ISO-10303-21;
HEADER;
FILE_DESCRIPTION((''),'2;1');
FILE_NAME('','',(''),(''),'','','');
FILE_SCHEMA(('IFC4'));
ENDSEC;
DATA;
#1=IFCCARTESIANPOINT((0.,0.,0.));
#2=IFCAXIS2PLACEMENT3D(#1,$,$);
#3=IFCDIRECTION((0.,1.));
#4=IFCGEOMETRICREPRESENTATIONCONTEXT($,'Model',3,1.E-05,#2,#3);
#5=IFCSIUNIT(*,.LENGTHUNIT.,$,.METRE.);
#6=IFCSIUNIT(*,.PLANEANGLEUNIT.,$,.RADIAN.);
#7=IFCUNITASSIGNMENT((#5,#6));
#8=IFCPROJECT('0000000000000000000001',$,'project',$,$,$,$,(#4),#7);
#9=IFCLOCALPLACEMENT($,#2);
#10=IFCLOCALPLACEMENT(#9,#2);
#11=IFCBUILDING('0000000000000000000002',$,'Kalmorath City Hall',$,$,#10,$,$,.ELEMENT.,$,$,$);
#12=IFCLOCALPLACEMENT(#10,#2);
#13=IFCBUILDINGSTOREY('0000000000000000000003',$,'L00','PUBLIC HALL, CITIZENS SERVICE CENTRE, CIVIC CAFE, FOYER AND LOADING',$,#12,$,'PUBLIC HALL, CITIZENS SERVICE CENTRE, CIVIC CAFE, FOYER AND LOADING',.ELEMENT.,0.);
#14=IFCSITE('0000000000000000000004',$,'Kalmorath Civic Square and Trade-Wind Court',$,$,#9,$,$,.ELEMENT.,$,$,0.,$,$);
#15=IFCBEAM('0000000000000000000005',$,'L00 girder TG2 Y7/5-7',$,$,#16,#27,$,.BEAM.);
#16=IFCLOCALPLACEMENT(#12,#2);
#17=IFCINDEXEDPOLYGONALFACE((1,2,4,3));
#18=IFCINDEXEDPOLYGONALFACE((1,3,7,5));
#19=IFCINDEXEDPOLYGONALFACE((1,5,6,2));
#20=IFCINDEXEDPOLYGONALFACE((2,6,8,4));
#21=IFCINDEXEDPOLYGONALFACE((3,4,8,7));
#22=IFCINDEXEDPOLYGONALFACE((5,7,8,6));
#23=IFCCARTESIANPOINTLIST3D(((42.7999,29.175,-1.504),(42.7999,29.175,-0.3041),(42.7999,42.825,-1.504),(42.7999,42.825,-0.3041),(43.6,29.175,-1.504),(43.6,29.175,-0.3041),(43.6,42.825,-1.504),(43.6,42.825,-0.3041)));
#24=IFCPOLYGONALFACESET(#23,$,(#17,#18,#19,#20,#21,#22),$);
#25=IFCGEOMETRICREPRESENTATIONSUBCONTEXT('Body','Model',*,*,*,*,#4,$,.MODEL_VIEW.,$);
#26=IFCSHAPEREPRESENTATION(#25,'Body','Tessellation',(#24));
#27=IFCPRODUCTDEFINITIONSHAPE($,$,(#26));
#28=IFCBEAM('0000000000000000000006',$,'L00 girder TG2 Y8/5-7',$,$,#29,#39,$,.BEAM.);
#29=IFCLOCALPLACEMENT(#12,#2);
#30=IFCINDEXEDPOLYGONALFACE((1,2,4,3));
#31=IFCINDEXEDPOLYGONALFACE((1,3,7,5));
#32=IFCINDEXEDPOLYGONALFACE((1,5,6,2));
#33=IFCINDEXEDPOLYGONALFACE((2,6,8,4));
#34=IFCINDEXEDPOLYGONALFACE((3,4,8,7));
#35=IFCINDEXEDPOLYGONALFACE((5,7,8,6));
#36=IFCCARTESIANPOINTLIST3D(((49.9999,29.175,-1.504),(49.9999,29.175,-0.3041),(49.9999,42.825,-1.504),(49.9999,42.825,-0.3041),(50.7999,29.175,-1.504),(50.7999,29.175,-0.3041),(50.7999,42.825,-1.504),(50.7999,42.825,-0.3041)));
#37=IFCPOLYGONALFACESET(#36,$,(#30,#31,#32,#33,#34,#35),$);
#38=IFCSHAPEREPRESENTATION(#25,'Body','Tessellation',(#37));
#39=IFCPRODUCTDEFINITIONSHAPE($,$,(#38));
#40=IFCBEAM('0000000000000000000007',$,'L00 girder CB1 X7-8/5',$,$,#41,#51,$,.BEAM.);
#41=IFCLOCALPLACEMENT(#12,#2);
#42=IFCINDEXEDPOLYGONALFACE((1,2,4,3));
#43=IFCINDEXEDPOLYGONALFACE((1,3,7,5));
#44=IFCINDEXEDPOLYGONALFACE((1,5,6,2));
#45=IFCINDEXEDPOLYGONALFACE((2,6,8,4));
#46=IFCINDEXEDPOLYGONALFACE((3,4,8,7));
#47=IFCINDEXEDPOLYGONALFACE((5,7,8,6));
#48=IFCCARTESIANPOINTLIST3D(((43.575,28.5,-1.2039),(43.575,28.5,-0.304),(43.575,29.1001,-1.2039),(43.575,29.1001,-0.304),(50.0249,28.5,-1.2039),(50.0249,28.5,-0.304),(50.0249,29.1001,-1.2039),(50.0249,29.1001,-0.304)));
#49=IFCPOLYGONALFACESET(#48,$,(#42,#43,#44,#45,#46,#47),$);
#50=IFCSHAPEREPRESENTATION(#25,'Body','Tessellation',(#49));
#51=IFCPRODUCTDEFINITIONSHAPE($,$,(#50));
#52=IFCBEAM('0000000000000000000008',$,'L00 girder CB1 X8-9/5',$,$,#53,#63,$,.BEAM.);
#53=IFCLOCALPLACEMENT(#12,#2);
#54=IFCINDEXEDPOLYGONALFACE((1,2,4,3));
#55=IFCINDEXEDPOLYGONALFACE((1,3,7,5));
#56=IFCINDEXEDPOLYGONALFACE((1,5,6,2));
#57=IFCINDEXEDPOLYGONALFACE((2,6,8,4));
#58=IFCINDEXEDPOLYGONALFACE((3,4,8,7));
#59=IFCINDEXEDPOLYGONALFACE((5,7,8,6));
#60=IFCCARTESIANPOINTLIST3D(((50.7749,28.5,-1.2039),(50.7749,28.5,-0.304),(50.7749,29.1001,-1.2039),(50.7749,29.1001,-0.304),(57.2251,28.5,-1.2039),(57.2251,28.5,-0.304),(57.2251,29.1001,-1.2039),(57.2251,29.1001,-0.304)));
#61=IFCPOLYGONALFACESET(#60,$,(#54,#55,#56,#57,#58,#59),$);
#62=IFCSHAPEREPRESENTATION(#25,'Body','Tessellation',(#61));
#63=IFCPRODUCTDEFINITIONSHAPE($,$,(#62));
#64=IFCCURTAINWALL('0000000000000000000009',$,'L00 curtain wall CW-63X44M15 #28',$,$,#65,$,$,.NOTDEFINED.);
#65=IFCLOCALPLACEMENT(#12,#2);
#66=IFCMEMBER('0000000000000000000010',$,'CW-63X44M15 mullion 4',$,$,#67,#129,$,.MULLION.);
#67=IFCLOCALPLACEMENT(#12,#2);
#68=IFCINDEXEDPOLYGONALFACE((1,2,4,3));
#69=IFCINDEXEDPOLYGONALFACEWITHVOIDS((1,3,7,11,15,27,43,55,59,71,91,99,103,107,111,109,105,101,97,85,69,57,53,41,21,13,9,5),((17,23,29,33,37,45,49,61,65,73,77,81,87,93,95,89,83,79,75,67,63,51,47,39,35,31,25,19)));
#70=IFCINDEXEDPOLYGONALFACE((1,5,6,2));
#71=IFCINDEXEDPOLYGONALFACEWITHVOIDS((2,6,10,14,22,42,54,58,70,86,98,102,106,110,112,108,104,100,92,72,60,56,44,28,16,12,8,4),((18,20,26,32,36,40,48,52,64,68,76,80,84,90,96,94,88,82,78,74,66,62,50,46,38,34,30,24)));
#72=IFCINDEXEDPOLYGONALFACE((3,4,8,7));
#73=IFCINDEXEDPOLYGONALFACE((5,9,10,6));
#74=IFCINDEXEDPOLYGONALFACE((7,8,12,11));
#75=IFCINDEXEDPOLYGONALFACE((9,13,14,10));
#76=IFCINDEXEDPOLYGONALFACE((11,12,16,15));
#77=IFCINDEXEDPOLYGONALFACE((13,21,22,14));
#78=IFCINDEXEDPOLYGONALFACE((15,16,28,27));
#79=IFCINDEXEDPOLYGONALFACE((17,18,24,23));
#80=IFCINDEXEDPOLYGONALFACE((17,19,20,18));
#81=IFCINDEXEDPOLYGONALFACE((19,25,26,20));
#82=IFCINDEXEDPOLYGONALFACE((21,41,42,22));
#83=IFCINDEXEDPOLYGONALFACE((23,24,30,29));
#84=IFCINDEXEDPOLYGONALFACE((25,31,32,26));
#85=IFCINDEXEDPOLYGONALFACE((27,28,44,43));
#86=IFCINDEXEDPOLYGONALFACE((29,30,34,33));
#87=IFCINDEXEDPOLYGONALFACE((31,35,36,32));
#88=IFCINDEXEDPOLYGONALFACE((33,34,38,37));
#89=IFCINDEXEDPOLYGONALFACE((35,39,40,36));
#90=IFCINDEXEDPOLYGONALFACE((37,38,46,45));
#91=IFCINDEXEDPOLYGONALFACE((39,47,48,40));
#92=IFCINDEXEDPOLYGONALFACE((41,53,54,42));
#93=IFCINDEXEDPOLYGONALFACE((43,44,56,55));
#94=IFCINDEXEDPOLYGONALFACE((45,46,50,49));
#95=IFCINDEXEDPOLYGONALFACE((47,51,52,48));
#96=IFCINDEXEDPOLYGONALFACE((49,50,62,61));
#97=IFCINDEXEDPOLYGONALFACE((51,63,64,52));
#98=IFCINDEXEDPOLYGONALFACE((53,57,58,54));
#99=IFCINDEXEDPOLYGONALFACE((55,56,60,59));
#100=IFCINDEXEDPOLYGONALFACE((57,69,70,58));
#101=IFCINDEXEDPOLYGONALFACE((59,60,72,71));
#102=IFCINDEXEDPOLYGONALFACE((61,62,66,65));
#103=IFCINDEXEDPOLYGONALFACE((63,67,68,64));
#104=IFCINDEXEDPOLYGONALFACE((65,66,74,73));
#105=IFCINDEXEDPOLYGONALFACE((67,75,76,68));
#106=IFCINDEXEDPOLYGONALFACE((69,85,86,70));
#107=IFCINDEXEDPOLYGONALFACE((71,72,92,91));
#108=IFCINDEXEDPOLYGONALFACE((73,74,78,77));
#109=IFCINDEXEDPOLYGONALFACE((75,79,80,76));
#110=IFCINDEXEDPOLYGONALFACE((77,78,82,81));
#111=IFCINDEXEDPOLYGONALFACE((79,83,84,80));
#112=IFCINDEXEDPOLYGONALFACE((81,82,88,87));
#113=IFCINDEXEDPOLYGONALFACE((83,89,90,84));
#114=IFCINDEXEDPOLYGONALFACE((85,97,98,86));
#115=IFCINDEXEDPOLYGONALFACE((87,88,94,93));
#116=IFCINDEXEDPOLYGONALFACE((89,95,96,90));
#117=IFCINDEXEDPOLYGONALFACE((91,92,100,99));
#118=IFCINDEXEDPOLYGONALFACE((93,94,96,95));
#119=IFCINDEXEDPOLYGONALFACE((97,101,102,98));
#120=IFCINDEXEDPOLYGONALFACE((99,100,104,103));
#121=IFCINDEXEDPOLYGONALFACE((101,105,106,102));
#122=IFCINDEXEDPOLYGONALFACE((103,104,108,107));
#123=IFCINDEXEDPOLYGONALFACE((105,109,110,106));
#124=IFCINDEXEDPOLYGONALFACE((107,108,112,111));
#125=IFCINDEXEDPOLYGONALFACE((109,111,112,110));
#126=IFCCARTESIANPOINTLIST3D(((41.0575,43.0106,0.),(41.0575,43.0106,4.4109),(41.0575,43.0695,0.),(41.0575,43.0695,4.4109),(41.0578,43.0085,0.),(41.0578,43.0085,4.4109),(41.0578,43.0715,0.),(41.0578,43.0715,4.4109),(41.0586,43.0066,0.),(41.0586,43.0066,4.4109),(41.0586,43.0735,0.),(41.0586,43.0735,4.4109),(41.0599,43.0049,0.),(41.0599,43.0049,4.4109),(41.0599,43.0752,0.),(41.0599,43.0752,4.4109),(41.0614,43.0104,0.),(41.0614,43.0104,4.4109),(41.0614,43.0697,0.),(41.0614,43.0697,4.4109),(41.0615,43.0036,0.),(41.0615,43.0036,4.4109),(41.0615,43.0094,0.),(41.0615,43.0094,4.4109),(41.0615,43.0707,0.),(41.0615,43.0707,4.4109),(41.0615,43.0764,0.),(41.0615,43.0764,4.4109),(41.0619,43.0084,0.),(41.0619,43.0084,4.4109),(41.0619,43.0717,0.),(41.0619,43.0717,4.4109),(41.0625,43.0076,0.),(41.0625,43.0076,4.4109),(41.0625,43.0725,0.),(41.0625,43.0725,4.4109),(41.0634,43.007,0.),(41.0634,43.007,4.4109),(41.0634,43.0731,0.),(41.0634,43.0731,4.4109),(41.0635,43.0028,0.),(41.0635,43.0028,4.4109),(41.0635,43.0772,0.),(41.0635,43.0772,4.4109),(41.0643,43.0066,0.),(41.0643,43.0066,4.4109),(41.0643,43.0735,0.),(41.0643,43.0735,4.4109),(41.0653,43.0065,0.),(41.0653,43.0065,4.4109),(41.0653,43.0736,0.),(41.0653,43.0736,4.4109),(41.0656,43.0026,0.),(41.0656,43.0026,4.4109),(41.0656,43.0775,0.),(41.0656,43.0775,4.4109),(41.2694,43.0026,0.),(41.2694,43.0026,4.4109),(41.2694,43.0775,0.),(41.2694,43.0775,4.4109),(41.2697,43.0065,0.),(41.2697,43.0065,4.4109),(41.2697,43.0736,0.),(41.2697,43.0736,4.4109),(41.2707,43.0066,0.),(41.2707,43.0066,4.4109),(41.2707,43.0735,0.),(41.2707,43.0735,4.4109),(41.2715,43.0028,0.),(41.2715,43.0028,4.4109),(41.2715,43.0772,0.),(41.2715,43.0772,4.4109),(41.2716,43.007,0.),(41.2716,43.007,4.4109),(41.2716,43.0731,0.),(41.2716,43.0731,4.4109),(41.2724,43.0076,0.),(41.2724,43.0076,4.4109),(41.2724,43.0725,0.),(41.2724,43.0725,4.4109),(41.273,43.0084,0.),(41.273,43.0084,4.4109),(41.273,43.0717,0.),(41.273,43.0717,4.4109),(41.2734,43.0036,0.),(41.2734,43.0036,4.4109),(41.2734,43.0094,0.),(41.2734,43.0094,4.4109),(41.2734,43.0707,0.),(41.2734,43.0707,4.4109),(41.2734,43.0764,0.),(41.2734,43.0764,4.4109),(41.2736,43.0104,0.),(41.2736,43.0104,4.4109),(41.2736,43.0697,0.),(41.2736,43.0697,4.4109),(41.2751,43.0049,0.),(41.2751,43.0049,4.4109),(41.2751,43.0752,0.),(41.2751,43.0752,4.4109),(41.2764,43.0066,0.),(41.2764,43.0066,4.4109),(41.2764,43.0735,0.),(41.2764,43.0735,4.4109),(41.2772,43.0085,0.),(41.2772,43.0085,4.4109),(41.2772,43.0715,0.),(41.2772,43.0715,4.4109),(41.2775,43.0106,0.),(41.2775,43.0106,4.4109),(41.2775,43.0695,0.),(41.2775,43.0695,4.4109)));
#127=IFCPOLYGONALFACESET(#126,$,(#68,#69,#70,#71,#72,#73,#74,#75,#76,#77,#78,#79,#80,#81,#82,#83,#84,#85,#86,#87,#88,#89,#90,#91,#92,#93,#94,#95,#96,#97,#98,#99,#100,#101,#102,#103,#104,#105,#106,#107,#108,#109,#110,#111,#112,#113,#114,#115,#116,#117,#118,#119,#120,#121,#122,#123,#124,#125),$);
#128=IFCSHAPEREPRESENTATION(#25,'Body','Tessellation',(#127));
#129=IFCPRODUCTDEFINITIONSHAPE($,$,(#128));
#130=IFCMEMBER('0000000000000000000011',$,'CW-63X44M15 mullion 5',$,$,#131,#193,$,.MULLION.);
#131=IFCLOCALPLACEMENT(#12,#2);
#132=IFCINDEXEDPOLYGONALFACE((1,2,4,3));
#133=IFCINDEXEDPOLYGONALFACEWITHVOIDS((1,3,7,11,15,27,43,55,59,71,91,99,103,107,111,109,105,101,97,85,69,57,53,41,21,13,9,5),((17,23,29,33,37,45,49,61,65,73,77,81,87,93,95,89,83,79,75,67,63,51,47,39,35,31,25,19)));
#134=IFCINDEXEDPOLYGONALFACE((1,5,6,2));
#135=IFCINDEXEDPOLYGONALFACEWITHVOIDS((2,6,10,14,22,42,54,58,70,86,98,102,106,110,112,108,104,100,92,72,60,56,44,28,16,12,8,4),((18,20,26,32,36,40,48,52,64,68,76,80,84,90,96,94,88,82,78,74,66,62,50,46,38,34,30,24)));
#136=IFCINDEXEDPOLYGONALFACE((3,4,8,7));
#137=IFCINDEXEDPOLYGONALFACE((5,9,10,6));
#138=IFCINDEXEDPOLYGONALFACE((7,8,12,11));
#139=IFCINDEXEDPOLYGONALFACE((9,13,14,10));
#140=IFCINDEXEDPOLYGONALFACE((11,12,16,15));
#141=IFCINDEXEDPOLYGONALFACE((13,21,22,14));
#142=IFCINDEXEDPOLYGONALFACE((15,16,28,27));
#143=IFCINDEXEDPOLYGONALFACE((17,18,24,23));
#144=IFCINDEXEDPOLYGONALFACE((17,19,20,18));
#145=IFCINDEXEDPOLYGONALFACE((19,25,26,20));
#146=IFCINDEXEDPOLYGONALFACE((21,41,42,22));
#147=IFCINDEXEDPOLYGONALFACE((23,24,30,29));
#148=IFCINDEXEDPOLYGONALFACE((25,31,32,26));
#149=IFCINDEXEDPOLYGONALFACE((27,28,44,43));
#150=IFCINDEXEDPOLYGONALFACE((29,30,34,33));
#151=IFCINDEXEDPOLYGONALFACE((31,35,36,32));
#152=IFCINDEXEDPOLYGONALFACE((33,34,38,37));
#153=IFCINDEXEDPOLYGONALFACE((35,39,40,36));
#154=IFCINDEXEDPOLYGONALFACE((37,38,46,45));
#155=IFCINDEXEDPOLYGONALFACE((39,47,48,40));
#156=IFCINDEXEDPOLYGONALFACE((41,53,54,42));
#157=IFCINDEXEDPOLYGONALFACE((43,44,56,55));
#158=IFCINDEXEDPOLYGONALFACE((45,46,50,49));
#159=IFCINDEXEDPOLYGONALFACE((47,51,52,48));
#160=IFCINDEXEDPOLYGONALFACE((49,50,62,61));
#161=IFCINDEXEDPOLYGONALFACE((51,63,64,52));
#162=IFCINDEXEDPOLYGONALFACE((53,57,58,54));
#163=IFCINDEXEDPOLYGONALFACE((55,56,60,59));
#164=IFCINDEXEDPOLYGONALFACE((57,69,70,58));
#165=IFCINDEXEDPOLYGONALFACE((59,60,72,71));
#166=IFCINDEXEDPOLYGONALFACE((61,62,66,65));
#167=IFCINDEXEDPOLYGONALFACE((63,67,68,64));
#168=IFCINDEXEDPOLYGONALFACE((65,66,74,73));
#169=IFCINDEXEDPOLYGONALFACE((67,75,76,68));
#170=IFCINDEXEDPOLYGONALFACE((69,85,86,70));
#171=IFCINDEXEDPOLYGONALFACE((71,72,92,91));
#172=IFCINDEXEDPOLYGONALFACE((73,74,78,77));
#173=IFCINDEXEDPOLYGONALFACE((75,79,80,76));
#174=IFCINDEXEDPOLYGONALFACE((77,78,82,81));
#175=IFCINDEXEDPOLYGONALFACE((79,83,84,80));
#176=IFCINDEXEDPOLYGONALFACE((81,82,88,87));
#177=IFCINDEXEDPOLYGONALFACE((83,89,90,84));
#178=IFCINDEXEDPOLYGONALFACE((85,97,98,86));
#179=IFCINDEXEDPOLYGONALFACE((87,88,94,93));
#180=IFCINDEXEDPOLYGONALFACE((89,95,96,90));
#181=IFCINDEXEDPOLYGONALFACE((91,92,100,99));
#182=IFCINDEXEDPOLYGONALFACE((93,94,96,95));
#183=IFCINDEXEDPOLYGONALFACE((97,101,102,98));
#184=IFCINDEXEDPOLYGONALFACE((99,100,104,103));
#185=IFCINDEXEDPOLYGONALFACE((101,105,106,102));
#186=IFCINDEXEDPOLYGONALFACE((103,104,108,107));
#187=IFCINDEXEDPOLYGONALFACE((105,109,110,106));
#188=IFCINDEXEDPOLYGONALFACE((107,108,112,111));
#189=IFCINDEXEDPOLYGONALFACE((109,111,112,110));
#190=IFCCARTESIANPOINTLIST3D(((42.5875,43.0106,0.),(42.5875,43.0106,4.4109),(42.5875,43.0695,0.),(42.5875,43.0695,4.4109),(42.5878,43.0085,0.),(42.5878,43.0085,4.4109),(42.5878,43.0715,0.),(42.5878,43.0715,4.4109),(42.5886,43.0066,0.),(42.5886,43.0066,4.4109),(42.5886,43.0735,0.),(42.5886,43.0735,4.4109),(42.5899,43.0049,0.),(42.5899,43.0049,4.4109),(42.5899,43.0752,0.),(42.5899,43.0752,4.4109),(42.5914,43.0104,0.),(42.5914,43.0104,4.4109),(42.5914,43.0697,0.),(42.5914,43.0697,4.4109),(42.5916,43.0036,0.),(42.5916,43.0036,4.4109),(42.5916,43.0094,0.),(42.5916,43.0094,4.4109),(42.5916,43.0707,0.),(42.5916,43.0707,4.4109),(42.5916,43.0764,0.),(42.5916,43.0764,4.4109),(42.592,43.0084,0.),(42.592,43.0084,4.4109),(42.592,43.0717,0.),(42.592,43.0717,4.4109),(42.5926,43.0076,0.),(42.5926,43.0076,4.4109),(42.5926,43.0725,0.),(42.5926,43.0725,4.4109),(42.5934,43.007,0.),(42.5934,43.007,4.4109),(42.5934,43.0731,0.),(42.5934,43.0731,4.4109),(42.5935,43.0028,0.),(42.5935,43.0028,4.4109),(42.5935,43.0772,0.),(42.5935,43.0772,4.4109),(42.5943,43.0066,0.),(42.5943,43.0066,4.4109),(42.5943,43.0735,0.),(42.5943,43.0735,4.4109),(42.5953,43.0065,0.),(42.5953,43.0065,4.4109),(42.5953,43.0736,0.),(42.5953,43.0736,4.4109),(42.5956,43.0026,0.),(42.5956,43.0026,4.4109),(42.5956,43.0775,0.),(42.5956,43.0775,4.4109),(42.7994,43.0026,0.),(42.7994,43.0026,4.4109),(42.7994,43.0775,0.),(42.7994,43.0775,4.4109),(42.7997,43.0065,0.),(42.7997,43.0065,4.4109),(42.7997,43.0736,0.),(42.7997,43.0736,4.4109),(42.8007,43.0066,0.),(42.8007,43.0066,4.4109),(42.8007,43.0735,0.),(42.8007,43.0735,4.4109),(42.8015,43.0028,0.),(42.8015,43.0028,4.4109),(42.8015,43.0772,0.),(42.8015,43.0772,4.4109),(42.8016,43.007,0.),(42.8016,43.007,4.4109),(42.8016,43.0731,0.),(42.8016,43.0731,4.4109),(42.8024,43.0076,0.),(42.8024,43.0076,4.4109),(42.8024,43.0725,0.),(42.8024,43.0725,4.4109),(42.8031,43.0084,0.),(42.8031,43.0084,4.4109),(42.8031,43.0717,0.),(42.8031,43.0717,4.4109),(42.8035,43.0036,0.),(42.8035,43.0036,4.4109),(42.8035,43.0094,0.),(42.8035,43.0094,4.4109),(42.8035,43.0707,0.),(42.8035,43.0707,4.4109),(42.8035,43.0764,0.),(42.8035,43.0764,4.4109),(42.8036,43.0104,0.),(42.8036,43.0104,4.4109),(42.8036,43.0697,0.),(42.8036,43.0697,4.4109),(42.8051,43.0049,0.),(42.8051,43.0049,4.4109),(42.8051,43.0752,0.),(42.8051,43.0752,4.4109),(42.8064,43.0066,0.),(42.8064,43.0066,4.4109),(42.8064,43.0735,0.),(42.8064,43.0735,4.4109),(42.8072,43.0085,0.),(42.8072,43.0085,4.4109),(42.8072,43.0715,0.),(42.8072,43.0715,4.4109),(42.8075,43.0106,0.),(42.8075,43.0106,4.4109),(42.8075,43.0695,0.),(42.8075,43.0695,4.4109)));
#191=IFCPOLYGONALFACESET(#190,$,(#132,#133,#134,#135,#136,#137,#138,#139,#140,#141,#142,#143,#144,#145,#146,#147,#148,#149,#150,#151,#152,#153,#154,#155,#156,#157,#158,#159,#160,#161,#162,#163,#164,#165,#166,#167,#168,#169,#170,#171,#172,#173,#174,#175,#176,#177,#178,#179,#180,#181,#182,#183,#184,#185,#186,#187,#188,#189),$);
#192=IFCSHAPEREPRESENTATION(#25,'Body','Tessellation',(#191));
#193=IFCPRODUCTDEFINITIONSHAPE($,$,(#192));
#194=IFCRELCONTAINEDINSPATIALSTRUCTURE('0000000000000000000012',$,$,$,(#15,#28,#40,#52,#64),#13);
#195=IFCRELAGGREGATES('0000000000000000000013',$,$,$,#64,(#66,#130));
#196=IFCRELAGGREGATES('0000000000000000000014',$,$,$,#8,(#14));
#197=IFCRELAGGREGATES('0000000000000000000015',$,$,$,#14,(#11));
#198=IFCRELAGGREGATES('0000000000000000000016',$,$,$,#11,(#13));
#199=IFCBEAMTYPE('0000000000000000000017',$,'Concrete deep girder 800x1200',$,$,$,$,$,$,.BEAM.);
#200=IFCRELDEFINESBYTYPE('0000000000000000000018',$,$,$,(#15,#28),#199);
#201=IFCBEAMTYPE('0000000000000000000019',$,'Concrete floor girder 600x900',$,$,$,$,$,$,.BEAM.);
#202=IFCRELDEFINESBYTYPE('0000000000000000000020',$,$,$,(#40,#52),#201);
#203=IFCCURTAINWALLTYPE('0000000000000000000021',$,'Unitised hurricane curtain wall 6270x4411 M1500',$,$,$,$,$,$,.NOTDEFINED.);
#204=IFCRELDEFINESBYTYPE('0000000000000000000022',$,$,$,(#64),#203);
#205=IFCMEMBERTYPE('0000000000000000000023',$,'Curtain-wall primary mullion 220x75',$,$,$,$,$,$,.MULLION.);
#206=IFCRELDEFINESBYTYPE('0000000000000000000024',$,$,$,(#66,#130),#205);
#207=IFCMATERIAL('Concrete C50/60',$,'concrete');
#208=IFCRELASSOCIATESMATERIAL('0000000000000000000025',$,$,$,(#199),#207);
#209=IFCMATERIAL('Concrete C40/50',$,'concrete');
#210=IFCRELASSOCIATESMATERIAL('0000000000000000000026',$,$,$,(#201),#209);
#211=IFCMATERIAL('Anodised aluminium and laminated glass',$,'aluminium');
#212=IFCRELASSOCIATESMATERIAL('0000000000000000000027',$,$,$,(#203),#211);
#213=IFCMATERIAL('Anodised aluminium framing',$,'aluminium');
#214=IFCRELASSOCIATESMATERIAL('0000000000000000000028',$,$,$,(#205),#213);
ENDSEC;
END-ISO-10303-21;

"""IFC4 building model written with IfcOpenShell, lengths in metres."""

from ifc_helpers import new_model, si_unit, direction, frame, origin, origin_2d, place, context, subcontext, project, spatial, rectangle, hollow_rectangle, extrude, material, material_profile, profile_set, type_object, element, aggregate, save


model = new_model("IFC4")

# Units and contexts
model_context = context("Model", 3, precision=1e-05, world=origin(), true_north=direction((0.0, 1.0)))
body_context = subcontext(model_context, "Body", "Model", "MODEL_VIEW")
ifc_project = project(units=[si_unit("LENGTHUNIT", "METRE"), si_unit("PLANEANGLEUNIT", "RADIAN")], contexts=[model_context])

# Site, building, storey
site_placement = place(None, origin())
site = spatial("IfcSite", under=ifc_project, at=site_placement, Name="Kalmorath Civic Square and Trade-Wind Court", CompositionType="ELEMENT", RefElevation=0.0)
building_placement = place(site_placement, origin())
building = spatial("IfcBuilding", under=site, at=building_placement, Name="Kalmorath City Hall", CompositionType="ELEMENT")
storey_placement = place(building_placement, origin())
storey = spatial("IfcBuildingStorey", under=building, at=storey_placement, Name="L00", Description="PUBLIC HALL, CITIZENS SERVICE CENTRE, CIVIC CAFE, FOYER AND LOADING", LongName="PUBLIC HALL, CITIZENS SERVICE CENTRE, CIVIC CAFE, FOYER AND LOADING", CompositionType="ELEMENT", Elevation=0.0)

# Beams
ifc_material_1 = material(Name="Concrete C50/60", Category="concrete")
ifc_material_profile_1 = material_profile(ifc_material_1, rectangle(XDim=0.8, YDim=1.2, at=origin_2d()), Name="RC-TG-800X1200")
ifc_profile_set_1 = profile_set([ifc_material_profile_1], Name="Concrete C50/60")
beam_type_1 = type_object("IfcBeamType", Name="Concrete deep girder 800x1200", PredefinedType="BEAM", material=ifc_profile_set_1)
for number, where, z_axis, x_axis, name in (
    (1, (43.2, 29.175, -0.9041), (0.0, 1.0, 0.0), (-1.0, 0.0, 0.0), "L00 girder TG2 Y7/5-7"),
    (2, (50.3999, 29.175, -0.9041), (0.0, 1.0, 0.0), (-1.0, 0.0, 0.0), "L00 girder TG2 Y8/5-7"),
):
    element("IfcBeam", number, at=place(storey_placement, frame(where, z_axis=z_axis, x_axis=x_axis)), inside=storey, type_object=beam_type_1, Name=name, PredefinedType="BEAM", context=body_context, shape_type="SweptSolid", body=[
        extrude(rectangle(XDim=0.8, YDim=1.2, at=origin_2d()), origin(), (0.0, 0.0, 1.0), 13.6499),
    ])
ifc_material_2 = material(Name="Concrete C40/50", Category="concrete")
ifc_material_profile_2 = material_profile(ifc_material_2, rectangle(XDim=0.6001, YDim=0.8999, at=origin_2d()), Name="RC-BM-600X900")
ifc_profile_set_2 = profile_set([ifc_material_profile_2], Name="Concrete C40/50")
beam_type_2 = type_object("IfcBeamType", Name="Concrete floor girder 600x900", PredefinedType="BEAM", material=ifc_profile_set_2)
beam_1_placement = place(storey_placement, frame((43.575, 28.8, -0.7539), z_axis=(1.0, 0.0, 0.0), x_axis=(0.0, 1.0, 0.0)))
element("IfcBeam", 3, at=beam_1_placement, inside=storey, type_object=beam_type_2, Name="L00 girder CB1 X7-8/5", PredefinedType="BEAM", context=body_context, shape_type="SweptSolid", body=[
    extrude(rectangle(XDim=0.6001, YDim=0.8999, at=origin_2d()), origin(), (0.0, 0.0, 1.0), 6.45),
])
beam_2_placement = place(storey_placement, frame((50.7749, 28.8, -0.7539), z_axis=(1.0, 0.0, 0.0), x_axis=(0.0, 1.0, 0.0)))
element("IfcBeam", 4, at=beam_2_placement, inside=storey, type_object=beam_type_2, Name="L00 girder CB1 X8-9/5", PredefinedType="BEAM", context=body_context, shape_type="SweptSolid", body=[
    extrude(rectangle(XDim=0.6001, YDim=0.8999, at=origin_2d()), origin(), (0.0, 0.0, 1.0), 6.4502),
])

# Curtain wall, members
ifc_material_3 = material(Name="Anodised aluminium and laminated glass", Category="aluminium")
curtain_wall_type_1 = type_object("IfcCurtainWallType", Name="Unitised hurricane curtain wall 6270x4411 M1500", PredefinedType="NOTDEFINED", material=ifc_material_3)
curtain_wall_1_placement = place(storey_placement, origin())
curtain_wall_1 = element("IfcCurtainWall", 5, at=curtain_wall_1_placement, inside=storey, type_object=curtain_wall_type_1, Name="L00 curtain wall CW-63X44M15 #28", PredefinedType="NOTDEFINED")
ifc_material_4 = material(Name="Anodised aluminium framing", Category="aluminium")
ifc_material_profile_3 = material_profile(ifc_material_4, hollow_rectangle(XDim=0.075, YDim=0.22, WallThickness=0.0039, InnerFilletRadius=0.0039, OuterFilletRadius=0.0081, at=origin_2d()), Name="ALU-MUL-220X75X4")
ifc_profile_set_3 = profile_set([ifc_material_profile_3], Name="Anodised aluminium framing")
member_type_1 = type_object("IfcMemberType", Name="Curtain-wall primary mullion 220x75", PredefinedType="MULLION", material=ifc_profile_set_3)
member_1_placement = place(storey_placement, frame((41.1675, 43.04, 0.0), z_axis=(0.0, 0.0, 1.0), x_axis=(0.0, 1.0, 0.0)))
member_1 = element("IfcMember", 6, at=member_1_placement, type_object=member_type_1, Name="CW-63X44M15 mullion 4", PredefinedType="MULLION", context=body_context, shape_type="SweptSolid", body=[
    extrude(hollow_rectangle(XDim=0.075, YDim=0.22, WallThickness=0.0039, InnerFilletRadius=0.0039, OuterFilletRadius=0.0081, at=origin_2d()), origin(), (0.0, 0.0, 1.0), 4.4109),
])
member_2_placement = place(storey_placement, frame((42.6975, 43.04, 0.0), z_axis=(0.0, 0.0, 1.0), x_axis=(0.0, 1.0, 0.0)))
member_2 = element("IfcMember", 7, at=member_2_placement, type_object=member_type_1, Name="CW-63X44M15 mullion 5", PredefinedType="MULLION", context=body_context, shape_type="SweptSolid", body=[
    extrude(hollow_rectangle(XDim=0.075, YDim=0.22, WallThickness=0.0039, InnerFilletRadius=0.0039, OuterFilletRadius=0.0081, at=origin_2d()), origin(), (0.0, 0.0, 1.0), 4.4109),
])

aggregate(curtain_wall_1, [member_1, member_2])

save(model, "model.ifc")
